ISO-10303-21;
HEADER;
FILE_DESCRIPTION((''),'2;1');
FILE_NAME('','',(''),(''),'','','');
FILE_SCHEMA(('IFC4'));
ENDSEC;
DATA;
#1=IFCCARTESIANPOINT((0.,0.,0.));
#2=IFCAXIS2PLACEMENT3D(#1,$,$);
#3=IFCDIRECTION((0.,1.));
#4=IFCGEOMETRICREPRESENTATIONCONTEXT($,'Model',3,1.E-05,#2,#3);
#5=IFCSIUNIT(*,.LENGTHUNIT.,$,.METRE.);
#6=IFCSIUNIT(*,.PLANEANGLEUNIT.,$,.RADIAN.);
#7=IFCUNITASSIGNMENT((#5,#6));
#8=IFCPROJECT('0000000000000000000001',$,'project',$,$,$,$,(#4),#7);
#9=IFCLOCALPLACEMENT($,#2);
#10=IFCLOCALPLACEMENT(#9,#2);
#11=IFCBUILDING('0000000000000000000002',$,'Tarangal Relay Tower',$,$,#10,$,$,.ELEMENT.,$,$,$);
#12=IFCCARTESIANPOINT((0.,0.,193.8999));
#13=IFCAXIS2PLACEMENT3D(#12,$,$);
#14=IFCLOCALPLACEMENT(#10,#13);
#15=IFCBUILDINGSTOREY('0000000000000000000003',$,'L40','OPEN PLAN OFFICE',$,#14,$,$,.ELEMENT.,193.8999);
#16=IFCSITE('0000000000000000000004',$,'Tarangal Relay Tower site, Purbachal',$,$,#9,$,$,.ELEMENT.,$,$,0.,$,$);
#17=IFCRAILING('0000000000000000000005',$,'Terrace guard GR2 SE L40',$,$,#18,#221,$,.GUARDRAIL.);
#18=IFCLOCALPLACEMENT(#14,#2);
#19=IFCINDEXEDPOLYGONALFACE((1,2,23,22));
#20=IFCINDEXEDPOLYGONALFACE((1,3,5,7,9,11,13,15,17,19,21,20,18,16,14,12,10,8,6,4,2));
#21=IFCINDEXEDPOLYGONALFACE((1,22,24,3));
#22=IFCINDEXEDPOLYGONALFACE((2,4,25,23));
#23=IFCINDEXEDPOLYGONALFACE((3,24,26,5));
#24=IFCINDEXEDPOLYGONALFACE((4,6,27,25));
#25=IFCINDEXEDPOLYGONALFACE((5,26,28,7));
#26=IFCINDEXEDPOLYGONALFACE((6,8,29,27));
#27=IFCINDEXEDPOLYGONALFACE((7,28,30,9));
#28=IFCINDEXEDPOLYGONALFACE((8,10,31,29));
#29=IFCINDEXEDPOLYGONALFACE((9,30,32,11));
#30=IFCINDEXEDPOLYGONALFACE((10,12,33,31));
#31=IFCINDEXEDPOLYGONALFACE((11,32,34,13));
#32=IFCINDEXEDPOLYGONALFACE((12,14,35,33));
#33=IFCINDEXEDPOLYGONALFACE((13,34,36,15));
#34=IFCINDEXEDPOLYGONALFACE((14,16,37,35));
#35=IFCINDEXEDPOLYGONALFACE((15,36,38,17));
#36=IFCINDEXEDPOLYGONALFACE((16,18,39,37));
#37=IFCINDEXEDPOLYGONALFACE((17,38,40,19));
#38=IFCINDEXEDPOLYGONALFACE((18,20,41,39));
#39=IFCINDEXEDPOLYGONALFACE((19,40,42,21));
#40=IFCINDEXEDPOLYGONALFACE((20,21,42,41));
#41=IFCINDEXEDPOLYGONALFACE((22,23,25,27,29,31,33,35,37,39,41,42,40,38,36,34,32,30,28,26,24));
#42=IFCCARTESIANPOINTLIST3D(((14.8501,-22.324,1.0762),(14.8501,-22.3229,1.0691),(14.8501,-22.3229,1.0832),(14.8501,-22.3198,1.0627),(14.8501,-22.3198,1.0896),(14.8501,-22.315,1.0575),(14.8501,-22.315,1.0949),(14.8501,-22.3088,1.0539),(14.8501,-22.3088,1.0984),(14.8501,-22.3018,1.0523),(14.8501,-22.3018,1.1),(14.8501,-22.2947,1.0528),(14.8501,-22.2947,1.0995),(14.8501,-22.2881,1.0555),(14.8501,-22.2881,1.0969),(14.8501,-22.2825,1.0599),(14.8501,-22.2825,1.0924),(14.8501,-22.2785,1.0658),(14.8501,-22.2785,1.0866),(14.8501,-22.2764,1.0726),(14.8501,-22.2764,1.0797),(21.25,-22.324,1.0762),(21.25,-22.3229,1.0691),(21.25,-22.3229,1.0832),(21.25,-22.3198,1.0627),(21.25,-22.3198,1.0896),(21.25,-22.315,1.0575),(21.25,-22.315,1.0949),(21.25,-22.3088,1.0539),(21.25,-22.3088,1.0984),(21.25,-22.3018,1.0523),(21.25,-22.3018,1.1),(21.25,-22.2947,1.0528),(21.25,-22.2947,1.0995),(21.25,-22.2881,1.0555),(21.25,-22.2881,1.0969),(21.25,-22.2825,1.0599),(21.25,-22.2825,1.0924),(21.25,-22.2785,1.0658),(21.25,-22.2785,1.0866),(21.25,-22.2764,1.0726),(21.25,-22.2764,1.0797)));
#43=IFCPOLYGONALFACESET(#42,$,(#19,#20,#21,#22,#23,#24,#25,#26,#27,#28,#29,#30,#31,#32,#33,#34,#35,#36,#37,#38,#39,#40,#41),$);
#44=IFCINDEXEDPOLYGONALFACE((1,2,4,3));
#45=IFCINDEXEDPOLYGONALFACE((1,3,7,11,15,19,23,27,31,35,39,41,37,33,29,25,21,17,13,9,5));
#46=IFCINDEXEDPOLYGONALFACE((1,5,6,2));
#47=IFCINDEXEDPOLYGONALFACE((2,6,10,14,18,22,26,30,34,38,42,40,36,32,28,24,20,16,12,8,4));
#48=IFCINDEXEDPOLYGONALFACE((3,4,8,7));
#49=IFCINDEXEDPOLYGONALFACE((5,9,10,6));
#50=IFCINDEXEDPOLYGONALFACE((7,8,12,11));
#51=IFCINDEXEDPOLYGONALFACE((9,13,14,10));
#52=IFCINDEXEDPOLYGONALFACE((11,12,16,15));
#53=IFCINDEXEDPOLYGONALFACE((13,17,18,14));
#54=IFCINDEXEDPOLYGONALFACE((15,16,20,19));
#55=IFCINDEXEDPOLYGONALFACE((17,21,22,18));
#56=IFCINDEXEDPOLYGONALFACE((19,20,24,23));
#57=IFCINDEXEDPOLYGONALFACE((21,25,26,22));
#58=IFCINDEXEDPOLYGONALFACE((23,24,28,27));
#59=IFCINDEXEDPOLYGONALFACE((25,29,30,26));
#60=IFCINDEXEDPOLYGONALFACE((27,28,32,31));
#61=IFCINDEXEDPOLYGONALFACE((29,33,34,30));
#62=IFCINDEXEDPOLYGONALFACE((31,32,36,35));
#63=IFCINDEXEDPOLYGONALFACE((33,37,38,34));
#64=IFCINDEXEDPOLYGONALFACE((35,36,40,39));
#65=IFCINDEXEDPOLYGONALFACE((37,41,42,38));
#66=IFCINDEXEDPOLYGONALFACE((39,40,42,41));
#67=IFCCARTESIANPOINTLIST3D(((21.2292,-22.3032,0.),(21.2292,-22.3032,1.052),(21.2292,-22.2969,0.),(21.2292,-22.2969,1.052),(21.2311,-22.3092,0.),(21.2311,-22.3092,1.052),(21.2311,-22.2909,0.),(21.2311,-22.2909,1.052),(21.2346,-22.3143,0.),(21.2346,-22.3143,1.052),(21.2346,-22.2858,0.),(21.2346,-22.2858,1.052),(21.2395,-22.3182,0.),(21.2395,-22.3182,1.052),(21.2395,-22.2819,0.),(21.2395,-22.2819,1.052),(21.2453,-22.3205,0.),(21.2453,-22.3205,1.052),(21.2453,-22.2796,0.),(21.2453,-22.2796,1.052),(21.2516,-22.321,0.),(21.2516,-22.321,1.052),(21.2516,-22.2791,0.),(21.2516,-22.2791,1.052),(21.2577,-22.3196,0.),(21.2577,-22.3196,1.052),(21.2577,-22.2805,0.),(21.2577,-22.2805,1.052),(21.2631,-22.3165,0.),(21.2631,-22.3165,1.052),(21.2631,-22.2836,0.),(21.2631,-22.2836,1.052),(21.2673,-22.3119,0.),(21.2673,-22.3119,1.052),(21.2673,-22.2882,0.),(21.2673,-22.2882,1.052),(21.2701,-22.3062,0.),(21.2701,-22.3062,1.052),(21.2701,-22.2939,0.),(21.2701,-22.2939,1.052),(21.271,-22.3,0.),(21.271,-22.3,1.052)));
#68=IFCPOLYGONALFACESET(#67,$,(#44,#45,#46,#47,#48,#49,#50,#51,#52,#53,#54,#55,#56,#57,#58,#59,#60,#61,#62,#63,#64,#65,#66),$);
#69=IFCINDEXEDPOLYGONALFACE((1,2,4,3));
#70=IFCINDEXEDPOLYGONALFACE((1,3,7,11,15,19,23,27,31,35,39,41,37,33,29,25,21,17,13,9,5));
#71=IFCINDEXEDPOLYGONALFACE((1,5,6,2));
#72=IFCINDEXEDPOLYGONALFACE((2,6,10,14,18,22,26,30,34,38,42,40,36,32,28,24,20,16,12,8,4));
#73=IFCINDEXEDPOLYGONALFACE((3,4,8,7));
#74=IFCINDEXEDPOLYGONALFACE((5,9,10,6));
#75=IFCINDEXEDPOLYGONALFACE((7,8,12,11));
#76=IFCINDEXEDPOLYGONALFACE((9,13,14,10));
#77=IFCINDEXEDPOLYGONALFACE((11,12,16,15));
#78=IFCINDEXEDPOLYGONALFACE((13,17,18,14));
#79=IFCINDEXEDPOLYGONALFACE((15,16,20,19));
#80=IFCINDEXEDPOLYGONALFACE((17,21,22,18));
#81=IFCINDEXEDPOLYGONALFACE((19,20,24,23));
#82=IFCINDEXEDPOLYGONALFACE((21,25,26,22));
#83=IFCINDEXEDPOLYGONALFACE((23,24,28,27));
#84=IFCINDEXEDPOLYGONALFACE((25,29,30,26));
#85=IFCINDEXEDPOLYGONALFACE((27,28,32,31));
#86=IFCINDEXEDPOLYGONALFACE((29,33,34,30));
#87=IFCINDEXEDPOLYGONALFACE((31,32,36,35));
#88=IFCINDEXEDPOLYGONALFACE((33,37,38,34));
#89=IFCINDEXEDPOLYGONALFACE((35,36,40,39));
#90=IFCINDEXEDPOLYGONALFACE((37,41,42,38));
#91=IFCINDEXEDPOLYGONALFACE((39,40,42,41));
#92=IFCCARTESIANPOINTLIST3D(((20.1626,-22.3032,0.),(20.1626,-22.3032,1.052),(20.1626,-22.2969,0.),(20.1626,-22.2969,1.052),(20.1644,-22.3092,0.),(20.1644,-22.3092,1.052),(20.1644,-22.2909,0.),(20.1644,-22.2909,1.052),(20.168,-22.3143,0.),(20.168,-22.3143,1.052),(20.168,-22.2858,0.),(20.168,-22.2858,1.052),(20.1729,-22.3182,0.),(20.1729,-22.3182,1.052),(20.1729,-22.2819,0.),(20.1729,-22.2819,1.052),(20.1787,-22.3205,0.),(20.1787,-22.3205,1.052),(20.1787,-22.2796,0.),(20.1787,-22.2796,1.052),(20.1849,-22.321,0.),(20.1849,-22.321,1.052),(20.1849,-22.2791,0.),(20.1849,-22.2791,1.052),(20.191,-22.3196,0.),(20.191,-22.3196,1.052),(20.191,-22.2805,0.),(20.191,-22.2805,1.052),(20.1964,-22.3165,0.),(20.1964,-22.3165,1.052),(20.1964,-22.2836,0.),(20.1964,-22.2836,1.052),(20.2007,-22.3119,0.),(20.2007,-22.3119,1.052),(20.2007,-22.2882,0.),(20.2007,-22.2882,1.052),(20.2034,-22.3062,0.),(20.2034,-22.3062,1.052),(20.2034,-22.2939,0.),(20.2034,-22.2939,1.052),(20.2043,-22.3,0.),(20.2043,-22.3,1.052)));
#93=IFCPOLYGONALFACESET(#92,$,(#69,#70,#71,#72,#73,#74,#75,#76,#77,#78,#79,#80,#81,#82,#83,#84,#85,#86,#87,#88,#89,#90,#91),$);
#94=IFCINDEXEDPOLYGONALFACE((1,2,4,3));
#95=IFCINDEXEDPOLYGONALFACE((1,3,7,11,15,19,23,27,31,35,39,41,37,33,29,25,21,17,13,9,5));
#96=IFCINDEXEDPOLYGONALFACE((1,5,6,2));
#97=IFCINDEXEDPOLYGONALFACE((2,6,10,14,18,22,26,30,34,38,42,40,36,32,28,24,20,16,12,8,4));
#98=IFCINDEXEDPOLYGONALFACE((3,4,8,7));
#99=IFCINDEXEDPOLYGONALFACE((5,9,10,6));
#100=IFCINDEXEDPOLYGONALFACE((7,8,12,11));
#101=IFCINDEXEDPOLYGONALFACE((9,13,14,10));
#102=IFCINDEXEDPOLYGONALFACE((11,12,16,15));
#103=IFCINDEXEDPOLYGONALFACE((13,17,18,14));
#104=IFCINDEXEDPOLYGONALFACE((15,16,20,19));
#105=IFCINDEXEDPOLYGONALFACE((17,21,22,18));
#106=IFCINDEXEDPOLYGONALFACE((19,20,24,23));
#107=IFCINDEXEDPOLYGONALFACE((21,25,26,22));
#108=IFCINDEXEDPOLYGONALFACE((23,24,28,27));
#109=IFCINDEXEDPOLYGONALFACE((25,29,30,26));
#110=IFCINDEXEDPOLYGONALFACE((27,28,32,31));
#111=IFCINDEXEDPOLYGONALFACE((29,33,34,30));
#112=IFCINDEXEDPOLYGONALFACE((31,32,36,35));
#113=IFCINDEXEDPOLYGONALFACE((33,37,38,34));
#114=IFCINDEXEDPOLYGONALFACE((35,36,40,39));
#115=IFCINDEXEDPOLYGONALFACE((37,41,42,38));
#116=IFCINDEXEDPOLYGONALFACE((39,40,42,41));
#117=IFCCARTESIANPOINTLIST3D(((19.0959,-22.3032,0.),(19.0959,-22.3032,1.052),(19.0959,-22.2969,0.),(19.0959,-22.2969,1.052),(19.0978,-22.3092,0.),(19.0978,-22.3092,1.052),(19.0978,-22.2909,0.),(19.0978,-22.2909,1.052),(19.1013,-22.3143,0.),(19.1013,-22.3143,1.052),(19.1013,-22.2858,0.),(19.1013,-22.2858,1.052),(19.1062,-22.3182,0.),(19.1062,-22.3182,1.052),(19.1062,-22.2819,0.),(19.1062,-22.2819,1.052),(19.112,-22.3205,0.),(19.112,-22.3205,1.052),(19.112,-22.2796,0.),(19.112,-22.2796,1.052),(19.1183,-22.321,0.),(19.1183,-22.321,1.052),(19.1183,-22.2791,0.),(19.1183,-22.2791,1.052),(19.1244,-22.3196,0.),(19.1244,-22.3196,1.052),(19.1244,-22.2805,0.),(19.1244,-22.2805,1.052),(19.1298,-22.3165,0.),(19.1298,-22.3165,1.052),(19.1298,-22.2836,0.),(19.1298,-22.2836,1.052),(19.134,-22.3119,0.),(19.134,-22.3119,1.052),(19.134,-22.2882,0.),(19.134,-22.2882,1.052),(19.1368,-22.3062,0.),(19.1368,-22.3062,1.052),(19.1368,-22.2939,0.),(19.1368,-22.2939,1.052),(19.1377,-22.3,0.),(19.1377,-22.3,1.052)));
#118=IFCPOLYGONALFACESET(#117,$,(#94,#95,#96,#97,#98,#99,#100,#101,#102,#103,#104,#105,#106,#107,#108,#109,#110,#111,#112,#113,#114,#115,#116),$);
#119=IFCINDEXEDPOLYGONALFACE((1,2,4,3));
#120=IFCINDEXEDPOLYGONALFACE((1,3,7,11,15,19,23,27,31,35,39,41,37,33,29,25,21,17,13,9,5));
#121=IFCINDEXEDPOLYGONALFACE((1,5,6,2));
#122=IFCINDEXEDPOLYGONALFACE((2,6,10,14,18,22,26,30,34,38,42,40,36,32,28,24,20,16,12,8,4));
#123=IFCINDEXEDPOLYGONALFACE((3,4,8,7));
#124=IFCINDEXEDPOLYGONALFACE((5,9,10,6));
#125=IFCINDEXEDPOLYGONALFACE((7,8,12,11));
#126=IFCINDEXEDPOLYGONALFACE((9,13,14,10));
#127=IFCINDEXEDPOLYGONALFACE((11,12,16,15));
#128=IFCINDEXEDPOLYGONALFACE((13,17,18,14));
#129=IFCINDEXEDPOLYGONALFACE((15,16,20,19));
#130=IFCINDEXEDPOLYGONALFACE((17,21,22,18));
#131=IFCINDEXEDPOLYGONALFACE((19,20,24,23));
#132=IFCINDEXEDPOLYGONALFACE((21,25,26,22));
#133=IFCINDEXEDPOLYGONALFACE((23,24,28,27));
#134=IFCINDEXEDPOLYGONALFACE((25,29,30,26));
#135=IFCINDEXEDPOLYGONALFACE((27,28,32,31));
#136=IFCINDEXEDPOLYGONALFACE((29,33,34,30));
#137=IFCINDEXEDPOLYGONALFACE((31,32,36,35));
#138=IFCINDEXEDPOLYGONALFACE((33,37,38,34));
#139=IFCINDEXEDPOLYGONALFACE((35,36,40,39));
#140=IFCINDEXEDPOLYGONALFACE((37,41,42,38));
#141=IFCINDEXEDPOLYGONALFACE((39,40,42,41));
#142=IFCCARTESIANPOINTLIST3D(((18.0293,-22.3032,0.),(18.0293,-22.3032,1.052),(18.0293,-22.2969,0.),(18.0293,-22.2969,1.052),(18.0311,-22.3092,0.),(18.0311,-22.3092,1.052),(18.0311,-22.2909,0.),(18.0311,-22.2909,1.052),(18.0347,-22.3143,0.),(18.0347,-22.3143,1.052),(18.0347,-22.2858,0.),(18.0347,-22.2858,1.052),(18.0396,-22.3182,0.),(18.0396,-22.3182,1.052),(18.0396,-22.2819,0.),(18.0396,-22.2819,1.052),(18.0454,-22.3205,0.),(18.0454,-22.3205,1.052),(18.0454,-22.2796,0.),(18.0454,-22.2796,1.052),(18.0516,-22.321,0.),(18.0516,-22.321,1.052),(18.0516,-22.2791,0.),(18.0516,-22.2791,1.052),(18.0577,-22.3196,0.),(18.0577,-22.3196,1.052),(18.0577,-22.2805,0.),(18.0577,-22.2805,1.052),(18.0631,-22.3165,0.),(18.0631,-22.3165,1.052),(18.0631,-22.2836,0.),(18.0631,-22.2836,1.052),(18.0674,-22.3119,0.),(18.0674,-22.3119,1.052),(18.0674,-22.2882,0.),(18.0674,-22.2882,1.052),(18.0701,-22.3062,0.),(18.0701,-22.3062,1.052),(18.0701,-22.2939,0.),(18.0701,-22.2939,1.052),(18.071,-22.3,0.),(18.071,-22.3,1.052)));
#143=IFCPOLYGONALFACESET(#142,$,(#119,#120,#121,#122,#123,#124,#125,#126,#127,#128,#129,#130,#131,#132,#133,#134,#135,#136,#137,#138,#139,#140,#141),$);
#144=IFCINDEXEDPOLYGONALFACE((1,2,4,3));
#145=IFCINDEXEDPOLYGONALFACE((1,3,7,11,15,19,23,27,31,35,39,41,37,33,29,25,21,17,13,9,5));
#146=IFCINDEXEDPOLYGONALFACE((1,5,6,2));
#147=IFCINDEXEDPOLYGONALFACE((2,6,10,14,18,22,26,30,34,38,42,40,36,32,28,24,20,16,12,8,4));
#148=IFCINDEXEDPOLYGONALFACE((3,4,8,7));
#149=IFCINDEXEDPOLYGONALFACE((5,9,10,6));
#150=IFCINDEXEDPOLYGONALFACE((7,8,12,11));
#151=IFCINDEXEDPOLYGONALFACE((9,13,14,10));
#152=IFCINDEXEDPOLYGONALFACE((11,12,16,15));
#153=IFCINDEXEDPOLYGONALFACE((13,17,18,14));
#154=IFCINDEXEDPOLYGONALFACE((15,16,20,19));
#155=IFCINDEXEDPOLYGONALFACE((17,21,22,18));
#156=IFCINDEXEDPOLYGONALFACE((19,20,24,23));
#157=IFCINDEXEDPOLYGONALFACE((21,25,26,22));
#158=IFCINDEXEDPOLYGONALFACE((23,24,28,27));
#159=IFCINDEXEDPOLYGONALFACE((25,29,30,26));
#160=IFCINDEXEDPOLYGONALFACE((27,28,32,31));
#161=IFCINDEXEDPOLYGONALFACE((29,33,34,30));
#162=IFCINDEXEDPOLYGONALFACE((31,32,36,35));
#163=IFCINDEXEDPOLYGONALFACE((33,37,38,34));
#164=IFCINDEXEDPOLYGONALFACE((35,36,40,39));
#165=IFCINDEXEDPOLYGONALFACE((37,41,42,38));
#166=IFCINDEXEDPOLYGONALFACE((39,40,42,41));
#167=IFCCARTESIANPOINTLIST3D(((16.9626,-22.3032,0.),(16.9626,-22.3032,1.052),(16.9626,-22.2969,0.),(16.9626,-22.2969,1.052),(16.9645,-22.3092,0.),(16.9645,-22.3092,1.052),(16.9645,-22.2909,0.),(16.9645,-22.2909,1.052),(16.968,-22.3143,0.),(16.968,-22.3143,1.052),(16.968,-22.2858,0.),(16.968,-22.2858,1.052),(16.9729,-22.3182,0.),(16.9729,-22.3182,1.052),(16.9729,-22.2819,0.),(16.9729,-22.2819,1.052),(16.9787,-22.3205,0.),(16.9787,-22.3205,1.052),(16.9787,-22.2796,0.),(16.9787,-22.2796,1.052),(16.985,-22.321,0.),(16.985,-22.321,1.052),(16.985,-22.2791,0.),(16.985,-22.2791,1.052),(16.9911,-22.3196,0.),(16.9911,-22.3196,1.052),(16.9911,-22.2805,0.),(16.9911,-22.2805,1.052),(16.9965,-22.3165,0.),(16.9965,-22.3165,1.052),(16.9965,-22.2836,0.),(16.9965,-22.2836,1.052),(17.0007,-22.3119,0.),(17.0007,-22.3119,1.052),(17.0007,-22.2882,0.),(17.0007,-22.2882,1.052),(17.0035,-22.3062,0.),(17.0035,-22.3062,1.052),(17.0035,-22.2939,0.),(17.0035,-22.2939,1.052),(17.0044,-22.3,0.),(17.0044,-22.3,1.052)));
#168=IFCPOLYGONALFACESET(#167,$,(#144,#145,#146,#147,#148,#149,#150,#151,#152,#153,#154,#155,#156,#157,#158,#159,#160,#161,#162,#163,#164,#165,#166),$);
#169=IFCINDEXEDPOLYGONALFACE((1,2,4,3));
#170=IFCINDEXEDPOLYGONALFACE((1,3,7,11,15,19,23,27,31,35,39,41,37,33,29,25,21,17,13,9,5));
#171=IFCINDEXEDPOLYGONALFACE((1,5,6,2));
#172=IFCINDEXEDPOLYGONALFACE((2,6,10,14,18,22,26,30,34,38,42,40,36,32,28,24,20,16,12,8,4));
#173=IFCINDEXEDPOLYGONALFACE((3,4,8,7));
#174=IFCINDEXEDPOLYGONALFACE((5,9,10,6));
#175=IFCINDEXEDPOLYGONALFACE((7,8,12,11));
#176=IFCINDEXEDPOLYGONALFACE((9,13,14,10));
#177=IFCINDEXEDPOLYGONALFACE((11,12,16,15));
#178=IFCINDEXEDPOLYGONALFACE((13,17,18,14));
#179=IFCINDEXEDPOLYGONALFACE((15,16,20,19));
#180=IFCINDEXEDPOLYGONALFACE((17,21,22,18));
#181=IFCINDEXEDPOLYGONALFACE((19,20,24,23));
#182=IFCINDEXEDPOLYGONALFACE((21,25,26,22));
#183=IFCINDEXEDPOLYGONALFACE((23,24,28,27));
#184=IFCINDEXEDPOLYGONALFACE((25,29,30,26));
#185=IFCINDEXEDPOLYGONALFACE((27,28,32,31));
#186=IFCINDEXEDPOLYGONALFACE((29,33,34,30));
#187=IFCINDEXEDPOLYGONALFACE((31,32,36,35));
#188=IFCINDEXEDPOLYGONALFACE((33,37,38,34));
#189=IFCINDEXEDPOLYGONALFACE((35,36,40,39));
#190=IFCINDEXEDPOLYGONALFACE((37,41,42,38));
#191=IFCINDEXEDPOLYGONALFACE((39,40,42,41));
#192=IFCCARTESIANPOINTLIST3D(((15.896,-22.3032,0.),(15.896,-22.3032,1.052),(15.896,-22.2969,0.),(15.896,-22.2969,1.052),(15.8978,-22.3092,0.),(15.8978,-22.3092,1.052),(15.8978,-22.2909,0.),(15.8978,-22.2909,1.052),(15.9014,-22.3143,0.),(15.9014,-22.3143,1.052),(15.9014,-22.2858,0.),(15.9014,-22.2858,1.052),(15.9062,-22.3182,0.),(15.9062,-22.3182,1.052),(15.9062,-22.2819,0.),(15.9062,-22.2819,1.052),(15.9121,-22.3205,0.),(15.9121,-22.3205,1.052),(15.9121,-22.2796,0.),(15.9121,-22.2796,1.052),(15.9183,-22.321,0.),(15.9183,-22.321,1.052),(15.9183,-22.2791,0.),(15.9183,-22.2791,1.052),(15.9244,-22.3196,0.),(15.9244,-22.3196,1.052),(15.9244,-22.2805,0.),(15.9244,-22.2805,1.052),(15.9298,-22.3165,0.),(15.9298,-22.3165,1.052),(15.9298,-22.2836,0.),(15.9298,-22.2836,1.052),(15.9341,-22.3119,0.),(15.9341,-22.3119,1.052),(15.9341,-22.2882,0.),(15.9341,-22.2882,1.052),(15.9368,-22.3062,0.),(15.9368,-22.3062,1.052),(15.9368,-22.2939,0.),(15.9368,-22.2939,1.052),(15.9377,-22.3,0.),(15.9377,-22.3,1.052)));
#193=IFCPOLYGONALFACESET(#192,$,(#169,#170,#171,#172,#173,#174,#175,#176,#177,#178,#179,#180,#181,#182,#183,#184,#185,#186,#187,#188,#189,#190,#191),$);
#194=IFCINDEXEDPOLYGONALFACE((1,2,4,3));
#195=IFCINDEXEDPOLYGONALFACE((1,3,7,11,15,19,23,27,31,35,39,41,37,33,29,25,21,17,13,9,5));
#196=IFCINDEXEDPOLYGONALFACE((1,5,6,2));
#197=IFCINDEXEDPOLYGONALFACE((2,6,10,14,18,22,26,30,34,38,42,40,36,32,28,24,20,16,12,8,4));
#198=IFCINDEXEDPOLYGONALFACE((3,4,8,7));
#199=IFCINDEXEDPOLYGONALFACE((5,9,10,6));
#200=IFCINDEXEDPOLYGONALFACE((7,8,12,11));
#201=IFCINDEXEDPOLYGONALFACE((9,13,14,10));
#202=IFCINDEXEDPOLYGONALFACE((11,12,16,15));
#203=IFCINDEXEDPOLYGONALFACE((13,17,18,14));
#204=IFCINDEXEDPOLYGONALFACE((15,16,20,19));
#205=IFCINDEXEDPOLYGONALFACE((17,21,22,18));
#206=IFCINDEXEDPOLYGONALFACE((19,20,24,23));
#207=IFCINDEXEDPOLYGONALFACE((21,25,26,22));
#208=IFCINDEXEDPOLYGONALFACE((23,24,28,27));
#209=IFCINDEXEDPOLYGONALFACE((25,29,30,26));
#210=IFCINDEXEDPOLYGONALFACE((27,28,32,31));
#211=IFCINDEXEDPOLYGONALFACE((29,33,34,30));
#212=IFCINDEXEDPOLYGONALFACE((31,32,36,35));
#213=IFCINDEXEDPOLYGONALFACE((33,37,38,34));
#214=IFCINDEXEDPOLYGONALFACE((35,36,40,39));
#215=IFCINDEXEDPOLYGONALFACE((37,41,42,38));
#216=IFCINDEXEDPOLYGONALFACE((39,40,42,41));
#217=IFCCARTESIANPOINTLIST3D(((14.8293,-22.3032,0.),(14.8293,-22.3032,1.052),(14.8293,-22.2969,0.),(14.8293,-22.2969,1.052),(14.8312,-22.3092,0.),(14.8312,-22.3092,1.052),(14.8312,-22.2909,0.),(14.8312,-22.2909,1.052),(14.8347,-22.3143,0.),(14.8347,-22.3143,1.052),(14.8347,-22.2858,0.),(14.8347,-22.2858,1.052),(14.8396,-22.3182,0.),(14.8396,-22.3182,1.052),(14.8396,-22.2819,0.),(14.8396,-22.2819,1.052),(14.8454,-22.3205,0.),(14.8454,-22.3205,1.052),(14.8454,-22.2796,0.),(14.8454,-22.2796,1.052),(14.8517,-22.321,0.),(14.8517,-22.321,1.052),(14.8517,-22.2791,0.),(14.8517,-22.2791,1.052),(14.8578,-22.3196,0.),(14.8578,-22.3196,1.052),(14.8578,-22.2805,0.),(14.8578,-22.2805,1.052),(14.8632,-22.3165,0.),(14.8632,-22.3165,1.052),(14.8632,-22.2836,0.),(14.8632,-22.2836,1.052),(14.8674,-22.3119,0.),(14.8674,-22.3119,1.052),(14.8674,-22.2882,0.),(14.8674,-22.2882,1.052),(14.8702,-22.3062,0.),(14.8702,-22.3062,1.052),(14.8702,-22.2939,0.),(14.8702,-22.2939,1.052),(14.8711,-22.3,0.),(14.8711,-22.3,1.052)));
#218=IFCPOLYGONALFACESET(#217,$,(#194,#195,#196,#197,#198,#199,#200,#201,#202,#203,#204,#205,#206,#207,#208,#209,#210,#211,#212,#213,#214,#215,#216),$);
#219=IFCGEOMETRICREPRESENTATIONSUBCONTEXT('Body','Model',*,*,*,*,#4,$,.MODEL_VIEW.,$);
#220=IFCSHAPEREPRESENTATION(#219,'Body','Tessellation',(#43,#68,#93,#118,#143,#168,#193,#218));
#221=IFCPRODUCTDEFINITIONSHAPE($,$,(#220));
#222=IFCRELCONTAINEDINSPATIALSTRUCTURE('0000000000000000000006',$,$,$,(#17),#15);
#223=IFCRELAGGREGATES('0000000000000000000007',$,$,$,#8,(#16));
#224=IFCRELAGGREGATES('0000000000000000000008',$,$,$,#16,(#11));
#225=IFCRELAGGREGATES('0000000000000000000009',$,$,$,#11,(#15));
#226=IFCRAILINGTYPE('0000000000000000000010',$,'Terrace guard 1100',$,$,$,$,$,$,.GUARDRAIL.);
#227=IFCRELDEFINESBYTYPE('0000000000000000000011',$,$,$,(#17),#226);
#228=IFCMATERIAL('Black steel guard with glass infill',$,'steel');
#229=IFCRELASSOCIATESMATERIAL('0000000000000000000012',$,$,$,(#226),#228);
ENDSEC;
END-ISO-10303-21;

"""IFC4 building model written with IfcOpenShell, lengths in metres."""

from ifc_helpers import new_model, si_unit, direction, frame, origin, origin_2d, place, context, subcontext, project, spatial, circle, extrude, material, type_object, element, save


model = new_model("IFC4")

# Units and contexts
model_context = context("Model", 3, precision=1e-05, world=origin(), true_north=direction((0.0, 1.0)))
body_context = subcontext(model_context, "Body", "Model", "MODEL_VIEW")
ifc_project = project(units=[si_unit("LENGTHUNIT", "METRE"), si_unit("PLANEANGLEUNIT", "RADIAN")], contexts=[model_context])

# Site, building, storey
site_placement = place(None, origin())
site = spatial("IfcSite", under=ifc_project, at=site_placement, Name="Tarangal Relay Tower site, Purbachal", CompositionType="ELEMENT", RefElevation=0.0)
building_placement = place(site_placement, origin())
building = spatial("IfcBuilding", under=site, at=building_placement, Name="Tarangal Relay Tower", CompositionType="ELEMENT")
storey_placement = place(building_placement, frame((0.0, 0.0, 193.8999)))
storey = spatial("IfcBuildingStorey", under=building, at=storey_placement, Name="L40", Description="OPEN PLAN OFFICE", CompositionType="ELEMENT", Elevation=193.8999)

# Railing
ifc_material_1 = material(Name="Black steel guard with glass infill", Category="steel")
railing_type = type_object("IfcRailingType", Name="Terrace guard 1100", PredefinedType="GUARDRAIL", material=ifc_material_1)
railing_1_placement = place(storey_placement, frame((21.25, -22.3, 0.0)))
element("IfcRailing", 1, at=railing_1_placement, inside=storey, type_object=railing_type, Name="Terrace guard GR2 SE L40", PredefinedType="GUARDRAIL", context=body_context, shape_type="SweptSolid", body=[
    extrude(circle(Radius=0.0239, at=origin_2d()), frame((0.0, 0.0, 1.0762), z_axis=(-1.0, 0.0, 0.0), x_axis=(0.0, -1.0, 0.0)), (0.0, 0.0, 1.0), 6.3999),
    extrude(circle(Radius=0.021, at=origin_2d()), origin(), (0.0, 0.0, 1.0), 1.052),
    extrude(circle(Radius=0.021, at=origin_2d()), frame((-1.0667, 0.0, 0.0)), (0.0, 0.0, 1.0), 1.052),
    extrude(circle(Radius=0.021, at=origin_2d()), frame((-2.1333, 0.0, 0.0)), (0.0, 0.0, 1.0), 1.052),
    extrude(circle(Radius=0.021, at=origin_2d()), frame((-3.2, 0.0, 0.0)), (0.0, 0.0, 1.0), 1.052),
    extrude(circle(Radius=0.021, at=origin_2d()), frame((-4.2666, 0.0, 0.0)), (0.0, 0.0, 1.0), 1.052),
    extrude(circle(Radius=0.021, at=origin_2d()), frame((-5.3333, 0.0, 0.0)), (0.0, 0.0, 1.0), 1.052),
    extrude(circle(Radius=0.021, at=origin_2d()), frame((-6.3999, 0.0, 0.0)), (0.0, 0.0, 1.0), 1.052),
])

save(model, "model.ifc")
